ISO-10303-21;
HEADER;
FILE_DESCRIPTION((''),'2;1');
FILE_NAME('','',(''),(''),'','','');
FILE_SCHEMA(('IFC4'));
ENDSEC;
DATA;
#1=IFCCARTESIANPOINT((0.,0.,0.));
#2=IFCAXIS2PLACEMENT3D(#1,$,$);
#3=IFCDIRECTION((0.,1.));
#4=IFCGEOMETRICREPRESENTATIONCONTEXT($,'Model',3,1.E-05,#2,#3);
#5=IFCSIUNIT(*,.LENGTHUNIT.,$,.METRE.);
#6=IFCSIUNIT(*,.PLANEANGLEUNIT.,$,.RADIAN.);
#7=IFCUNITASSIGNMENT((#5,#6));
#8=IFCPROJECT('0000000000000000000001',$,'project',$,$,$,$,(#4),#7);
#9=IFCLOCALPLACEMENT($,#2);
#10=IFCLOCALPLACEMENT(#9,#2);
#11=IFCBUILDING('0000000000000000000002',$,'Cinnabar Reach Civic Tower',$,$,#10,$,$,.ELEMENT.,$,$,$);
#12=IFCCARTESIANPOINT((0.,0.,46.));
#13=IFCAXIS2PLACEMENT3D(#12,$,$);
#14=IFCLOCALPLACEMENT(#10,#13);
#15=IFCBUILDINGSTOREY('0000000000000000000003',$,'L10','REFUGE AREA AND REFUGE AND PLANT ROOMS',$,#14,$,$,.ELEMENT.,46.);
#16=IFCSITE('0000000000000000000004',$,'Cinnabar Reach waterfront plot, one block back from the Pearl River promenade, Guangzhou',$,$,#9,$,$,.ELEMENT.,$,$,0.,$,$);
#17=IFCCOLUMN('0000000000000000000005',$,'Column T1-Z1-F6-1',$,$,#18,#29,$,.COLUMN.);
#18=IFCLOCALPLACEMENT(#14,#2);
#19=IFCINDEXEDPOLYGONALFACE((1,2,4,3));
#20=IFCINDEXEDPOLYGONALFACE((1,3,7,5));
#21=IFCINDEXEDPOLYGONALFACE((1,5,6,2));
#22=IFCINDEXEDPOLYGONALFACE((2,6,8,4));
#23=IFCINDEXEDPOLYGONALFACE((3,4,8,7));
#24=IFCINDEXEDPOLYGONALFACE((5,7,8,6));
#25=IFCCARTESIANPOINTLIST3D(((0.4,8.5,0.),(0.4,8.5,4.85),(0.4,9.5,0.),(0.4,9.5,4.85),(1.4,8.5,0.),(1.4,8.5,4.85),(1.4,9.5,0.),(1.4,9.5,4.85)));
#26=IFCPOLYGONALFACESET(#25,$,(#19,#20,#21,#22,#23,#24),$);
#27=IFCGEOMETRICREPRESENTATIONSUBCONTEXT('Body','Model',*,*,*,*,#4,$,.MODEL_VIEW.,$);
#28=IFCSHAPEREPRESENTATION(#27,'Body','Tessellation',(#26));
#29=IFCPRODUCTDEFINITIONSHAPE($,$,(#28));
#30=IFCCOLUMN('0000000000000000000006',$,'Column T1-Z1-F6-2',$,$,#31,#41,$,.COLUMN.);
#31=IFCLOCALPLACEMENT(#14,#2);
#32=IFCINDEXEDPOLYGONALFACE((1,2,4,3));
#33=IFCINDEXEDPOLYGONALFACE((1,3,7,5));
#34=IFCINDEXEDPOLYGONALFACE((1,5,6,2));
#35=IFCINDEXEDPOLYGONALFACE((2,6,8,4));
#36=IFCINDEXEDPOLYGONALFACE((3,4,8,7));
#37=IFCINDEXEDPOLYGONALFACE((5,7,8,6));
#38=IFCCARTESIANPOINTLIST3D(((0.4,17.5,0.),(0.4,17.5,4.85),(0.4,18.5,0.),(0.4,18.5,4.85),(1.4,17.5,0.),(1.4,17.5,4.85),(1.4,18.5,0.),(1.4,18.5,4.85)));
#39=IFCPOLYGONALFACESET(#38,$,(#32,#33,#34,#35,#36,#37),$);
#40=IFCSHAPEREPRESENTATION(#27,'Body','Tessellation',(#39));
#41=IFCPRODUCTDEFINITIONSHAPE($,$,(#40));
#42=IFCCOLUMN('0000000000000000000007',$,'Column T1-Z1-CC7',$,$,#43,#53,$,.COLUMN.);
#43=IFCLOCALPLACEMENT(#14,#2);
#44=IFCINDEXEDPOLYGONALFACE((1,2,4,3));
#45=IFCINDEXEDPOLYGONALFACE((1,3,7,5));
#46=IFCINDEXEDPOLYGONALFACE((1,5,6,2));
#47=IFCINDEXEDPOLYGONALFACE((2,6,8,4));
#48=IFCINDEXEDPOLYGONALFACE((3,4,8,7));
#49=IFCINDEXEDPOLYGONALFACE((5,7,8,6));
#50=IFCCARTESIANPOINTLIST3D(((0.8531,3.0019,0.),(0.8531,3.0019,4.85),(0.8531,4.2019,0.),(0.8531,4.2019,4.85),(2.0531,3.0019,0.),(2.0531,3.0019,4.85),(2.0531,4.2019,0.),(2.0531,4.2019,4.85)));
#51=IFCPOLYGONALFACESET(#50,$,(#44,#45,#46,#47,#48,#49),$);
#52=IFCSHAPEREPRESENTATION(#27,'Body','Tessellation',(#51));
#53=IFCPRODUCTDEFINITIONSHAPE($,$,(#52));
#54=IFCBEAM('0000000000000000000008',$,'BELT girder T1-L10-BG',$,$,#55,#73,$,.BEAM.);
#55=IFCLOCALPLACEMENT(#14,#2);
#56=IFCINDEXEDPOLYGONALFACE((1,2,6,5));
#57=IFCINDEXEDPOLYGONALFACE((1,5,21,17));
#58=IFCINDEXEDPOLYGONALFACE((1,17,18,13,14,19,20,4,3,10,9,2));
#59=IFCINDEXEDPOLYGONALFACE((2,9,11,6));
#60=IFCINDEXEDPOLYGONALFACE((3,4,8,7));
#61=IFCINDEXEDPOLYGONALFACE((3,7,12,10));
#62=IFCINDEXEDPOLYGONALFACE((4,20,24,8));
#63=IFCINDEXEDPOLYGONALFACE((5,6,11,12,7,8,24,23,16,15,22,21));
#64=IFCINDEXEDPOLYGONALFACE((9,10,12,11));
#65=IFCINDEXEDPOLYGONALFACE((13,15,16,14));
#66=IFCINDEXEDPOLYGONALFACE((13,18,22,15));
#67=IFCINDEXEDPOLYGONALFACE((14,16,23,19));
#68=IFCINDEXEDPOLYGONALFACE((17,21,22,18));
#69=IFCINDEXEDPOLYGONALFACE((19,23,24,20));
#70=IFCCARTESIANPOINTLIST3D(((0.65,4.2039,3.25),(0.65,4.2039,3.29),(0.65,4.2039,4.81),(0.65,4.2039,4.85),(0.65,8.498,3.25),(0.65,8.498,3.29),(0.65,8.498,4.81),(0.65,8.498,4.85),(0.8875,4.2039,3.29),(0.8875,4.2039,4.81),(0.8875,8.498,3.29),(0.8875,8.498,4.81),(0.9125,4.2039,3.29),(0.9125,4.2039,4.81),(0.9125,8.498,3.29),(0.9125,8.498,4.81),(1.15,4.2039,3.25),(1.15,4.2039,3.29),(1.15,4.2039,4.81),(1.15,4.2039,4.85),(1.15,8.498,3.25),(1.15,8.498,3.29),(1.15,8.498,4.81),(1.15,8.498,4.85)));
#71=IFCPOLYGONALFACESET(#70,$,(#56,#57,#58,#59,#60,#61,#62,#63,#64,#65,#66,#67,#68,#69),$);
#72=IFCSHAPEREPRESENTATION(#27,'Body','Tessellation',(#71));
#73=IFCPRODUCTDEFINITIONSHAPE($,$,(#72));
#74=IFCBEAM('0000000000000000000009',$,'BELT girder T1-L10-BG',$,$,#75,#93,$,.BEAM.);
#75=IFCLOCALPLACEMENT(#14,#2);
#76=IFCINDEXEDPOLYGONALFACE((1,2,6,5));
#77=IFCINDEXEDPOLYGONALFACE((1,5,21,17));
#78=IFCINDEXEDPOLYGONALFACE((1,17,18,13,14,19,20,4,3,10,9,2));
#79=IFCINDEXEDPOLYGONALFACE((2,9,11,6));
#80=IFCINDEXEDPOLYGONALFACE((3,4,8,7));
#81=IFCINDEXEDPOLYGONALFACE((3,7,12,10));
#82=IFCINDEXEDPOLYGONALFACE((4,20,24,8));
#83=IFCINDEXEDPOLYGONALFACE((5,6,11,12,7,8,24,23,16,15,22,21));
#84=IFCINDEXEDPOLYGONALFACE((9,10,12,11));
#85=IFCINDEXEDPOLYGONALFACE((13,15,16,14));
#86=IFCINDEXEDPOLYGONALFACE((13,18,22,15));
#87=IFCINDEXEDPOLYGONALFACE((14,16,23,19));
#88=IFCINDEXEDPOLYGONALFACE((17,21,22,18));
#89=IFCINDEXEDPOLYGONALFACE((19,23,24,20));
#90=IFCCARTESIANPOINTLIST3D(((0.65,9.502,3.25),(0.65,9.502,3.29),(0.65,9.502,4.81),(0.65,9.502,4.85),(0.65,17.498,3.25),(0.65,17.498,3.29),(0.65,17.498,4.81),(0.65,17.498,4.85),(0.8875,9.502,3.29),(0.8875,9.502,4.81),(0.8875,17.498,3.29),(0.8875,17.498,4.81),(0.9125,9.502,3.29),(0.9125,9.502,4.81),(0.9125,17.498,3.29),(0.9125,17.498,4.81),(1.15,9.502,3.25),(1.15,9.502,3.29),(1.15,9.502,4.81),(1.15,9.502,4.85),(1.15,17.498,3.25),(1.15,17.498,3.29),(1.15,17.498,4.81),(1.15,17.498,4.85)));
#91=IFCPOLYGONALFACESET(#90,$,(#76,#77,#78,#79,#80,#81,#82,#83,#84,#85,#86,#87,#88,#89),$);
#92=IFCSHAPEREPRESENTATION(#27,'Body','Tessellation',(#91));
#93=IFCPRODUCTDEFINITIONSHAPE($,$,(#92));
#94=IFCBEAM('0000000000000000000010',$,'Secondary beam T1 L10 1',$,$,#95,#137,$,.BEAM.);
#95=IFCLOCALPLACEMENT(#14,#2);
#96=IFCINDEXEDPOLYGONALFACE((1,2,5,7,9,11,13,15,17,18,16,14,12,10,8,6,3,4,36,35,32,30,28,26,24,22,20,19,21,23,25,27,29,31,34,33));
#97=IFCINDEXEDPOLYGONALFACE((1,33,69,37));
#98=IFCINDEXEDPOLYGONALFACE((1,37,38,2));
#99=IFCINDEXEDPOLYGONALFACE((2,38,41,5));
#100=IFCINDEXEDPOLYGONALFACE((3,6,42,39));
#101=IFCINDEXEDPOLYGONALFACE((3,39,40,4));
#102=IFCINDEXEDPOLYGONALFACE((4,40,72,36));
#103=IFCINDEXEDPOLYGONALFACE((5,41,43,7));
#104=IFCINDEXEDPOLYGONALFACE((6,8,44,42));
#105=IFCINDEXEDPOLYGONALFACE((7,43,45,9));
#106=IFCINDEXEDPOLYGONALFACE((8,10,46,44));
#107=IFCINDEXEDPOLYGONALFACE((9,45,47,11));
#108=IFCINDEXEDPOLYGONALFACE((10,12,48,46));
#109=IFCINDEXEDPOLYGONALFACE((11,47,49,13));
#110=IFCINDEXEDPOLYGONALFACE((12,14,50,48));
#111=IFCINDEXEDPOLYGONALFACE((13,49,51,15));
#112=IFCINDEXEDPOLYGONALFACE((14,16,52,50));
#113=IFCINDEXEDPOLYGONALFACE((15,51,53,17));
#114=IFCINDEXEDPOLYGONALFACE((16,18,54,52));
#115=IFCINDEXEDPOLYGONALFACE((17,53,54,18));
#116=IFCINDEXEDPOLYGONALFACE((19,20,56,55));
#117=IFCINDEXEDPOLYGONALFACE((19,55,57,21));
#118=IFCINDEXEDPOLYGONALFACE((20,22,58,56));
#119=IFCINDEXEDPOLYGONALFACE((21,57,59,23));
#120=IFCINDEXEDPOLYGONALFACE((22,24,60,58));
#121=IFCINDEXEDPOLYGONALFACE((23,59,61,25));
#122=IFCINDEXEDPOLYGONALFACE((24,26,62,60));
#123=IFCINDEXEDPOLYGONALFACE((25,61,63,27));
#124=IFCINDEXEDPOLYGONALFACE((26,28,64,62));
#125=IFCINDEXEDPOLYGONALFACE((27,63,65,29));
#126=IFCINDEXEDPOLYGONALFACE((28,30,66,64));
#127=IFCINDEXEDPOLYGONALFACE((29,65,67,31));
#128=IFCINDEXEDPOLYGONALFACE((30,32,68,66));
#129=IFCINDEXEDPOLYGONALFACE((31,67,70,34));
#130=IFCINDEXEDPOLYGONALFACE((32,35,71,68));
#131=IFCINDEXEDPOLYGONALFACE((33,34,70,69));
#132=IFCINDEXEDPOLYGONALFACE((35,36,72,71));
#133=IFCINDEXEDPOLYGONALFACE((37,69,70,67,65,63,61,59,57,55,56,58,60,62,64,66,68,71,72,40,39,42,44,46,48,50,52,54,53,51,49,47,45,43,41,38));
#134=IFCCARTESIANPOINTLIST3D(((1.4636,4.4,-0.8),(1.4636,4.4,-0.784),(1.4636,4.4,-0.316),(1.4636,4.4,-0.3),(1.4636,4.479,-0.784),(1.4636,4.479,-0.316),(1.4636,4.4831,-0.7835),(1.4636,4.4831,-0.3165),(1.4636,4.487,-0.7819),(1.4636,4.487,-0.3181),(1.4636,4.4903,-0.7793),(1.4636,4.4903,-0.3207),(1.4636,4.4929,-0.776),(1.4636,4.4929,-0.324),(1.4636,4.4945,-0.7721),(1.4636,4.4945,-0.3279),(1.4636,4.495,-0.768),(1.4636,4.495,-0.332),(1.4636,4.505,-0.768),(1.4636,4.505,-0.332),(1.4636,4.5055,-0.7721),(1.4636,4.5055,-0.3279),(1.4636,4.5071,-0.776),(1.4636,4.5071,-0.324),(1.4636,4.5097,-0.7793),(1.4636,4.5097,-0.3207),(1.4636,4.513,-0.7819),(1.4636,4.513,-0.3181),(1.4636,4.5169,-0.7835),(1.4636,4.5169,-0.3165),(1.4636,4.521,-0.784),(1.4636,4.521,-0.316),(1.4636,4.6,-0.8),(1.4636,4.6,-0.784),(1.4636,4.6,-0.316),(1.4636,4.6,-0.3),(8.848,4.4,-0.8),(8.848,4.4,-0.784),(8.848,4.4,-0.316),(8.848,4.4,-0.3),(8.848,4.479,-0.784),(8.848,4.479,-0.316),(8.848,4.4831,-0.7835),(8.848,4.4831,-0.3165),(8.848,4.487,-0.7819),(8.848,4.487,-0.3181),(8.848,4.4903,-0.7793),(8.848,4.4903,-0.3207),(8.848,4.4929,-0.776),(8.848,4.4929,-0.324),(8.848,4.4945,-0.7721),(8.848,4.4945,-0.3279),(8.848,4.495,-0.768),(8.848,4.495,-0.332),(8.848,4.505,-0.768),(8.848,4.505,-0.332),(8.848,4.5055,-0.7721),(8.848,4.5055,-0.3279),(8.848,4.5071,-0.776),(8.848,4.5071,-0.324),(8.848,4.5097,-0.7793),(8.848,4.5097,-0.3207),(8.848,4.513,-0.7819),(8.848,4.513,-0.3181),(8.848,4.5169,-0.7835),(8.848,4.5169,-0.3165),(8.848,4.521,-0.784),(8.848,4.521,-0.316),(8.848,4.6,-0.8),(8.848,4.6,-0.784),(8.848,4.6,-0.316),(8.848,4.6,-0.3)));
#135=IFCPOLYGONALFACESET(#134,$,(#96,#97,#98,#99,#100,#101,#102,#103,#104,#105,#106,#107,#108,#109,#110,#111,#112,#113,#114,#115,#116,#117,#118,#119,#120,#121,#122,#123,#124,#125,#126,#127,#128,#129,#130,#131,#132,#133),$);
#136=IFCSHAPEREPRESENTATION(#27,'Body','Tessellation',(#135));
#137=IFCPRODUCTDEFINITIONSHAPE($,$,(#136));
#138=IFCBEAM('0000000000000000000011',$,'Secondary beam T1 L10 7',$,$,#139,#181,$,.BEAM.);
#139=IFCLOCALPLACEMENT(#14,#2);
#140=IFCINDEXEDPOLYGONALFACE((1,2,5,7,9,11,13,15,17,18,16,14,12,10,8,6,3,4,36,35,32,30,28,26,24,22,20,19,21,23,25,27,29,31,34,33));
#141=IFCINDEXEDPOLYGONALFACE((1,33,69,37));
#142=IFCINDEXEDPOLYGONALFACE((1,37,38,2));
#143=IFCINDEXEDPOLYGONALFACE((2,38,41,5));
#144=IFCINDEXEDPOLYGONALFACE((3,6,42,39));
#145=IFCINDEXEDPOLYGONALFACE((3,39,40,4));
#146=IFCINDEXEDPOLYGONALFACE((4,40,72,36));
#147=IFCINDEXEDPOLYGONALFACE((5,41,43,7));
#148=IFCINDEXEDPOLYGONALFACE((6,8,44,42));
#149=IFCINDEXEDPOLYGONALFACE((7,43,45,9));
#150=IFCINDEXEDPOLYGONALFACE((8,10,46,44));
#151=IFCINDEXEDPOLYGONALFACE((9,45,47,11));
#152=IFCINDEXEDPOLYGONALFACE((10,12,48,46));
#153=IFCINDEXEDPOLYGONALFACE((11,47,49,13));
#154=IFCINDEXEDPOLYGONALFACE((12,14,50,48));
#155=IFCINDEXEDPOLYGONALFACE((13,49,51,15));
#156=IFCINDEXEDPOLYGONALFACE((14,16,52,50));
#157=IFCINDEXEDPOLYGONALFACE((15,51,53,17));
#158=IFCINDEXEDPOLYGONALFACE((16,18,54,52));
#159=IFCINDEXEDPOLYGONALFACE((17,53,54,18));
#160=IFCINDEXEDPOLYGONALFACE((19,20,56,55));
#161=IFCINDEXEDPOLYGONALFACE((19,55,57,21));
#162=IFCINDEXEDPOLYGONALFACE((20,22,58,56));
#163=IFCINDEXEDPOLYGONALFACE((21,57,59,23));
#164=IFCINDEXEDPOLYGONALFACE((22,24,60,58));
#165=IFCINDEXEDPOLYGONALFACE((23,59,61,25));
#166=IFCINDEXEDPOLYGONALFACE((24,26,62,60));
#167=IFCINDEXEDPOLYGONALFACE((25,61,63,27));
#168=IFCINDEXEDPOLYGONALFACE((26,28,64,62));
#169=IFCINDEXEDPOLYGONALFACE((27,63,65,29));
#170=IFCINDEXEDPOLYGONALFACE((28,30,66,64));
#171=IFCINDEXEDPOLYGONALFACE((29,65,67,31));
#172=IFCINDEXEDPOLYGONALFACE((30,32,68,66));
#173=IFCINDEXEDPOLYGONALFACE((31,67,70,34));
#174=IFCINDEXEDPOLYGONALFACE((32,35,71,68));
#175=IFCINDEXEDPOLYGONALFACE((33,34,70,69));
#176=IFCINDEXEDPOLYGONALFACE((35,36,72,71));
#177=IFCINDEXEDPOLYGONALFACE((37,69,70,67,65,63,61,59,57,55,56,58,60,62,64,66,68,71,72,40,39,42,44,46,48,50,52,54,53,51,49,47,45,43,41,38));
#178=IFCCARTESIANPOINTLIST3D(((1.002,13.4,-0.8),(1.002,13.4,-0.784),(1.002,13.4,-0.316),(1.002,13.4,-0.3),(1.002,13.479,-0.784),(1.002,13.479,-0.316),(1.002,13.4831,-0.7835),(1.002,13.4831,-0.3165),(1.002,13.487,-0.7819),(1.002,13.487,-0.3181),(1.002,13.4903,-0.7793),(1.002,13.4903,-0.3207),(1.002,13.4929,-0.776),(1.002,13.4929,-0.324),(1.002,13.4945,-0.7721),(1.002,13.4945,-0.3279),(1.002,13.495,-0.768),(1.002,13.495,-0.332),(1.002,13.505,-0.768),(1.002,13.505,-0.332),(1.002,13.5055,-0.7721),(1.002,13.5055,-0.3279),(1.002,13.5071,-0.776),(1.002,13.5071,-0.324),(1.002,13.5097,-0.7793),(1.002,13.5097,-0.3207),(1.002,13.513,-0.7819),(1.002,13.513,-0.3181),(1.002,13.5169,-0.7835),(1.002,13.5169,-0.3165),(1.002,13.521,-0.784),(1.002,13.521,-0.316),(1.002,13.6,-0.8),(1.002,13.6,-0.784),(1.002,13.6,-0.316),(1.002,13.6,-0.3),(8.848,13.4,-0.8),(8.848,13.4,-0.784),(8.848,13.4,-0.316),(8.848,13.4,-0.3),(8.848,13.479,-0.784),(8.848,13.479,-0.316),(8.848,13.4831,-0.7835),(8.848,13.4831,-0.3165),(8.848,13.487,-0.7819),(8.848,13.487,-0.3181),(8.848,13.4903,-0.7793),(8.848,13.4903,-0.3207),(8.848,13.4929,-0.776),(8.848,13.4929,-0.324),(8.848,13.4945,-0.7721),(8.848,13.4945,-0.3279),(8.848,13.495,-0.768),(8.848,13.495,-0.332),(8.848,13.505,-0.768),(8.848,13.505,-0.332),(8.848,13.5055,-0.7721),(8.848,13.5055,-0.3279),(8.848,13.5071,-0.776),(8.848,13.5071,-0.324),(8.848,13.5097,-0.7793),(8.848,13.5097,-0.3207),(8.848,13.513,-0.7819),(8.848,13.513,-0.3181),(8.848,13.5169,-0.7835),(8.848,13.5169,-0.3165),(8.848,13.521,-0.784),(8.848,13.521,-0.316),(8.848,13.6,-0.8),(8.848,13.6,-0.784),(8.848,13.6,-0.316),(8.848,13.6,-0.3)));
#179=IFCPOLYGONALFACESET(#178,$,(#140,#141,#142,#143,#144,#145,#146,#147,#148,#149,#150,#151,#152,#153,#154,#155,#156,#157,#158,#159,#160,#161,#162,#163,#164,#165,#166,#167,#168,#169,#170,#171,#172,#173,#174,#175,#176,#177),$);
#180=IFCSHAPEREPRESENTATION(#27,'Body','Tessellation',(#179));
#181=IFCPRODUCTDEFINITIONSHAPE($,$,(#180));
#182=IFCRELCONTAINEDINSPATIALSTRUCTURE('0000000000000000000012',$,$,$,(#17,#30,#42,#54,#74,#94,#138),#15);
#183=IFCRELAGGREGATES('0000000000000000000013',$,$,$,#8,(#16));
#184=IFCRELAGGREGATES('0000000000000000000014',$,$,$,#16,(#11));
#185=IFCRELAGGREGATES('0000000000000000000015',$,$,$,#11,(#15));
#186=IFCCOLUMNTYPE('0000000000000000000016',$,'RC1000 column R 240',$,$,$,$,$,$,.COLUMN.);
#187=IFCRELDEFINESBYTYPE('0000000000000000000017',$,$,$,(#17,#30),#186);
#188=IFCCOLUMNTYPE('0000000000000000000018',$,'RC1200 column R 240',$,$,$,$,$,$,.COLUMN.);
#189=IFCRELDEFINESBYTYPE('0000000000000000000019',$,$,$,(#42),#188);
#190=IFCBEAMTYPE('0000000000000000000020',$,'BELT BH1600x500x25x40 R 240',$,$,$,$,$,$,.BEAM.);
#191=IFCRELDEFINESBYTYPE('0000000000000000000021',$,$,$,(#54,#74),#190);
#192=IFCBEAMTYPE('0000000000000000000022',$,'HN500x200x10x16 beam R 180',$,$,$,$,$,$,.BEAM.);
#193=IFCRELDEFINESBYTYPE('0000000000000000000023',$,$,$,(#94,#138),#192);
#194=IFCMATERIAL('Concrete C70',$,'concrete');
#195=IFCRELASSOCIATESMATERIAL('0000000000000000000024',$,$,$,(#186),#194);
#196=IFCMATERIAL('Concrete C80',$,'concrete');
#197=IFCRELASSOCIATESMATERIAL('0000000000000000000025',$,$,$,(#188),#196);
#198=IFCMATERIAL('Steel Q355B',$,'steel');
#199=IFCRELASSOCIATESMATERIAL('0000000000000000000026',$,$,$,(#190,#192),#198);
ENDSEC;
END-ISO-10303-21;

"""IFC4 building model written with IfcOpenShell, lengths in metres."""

from ifc_helpers import new_model, si_unit, direction, frame, origin, origin_2d, place, context, subcontext, project, spatial, rectangle, i_section, extrude, material, material_profile, profile_set, type_object, element, save


model = new_model("IFC4")

# Units and contexts
model_context = context("Model", 3, precision=1e-05, world=origin(), true_north=direction((0.0, 1.0)))
body_context = subcontext(model_context, "Body", "Model", "MODEL_VIEW")
ifc_project = project(units=[si_unit("LENGTHUNIT", "METRE"), si_unit("PLANEANGLEUNIT", "RADIAN")], contexts=[model_context])

# Site, building, storey
site_placement = place(None, origin())
site = spatial("IfcSite", under=ifc_project, at=site_placement, Name="Cinnabar Reach waterfront plot, one block back from the Pearl River promenade, Guangzhou", CompositionType="ELEMENT", RefElevation=0.0)
building_placement = place(site_placement, origin())
building = spatial("IfcBuilding", under=site, at=building_placement, Name="Cinnabar Reach Civic Tower", CompositionType="ELEMENT")
storey_placement = place(building_placement, frame((0.0, 0.0, 46.0)))
storey = spatial("IfcBuildingStorey", under=building, at=storey_placement, Name="L10", Description="REFUGE AREA AND REFUGE AND PLANT ROOMS", CompositionType="ELEMENT", Elevation=46.0)

# Columns
ifc_material_1 = material(Name="Concrete C70", Category="concrete")
ifc_material_profile_1 = material_profile(ifc_material_1, rectangle(XDim=1.0, YDim=1.0, at=origin_2d()), Name="RC1000")
ifc_profile_set_1 = profile_set([ifc_material_profile_1], Name="Concrete C70")
column_type_1 = type_object("IfcColumnType", Name="RC1000 column R 240", PredefinedType="COLUMN", material=ifc_profile_set_1)
for number, where, z_axis, x_axis, name in (
    (1, (0.9, 9.0, 0.0), (0.0, 0.0, 1.0), (1.0, 0.0, 0.0), "Column T1-Z1-F6-1"),
    (2, (0.9, 18.0, 0.0), (0.0, 0.0, 1.0), (1.0, 0.0, 0.0), "Column T1-Z1-F6-2"),
):
    element("IfcColumn", number, at=place(storey_placement, frame(where, z_axis=z_axis, x_axis=x_axis)), inside=storey, type_object=column_type_1, Name=name, PredefinedType="COLUMN", context=body_context, shape_type="SweptSolid", body=[
        extrude(rectangle(XDim=1.0, YDim=1.0, at=origin_2d()), origin(), (0.0, 0.0, 1.0), 4.85),
    ])
ifc_material_2 = material(Name="Concrete C80", Category="concrete")
ifc_material_profile_2 = material_profile(ifc_material_2, rectangle(XDim=1.2, YDim=1.2, at=origin_2d()), Name="RC1200")
ifc_profile_set_2 = profile_set([ifc_material_profile_2], Name="Concrete C80")
column_type_2 = type_object("IfcColumnType", Name="RC1200 column R 240", PredefinedType="COLUMN", material=ifc_profile_set_2)
column_placement = place(storey_placement, frame((1.4531, 3.6019, 0.0), z_axis=(0.0, 0.0, 1.0), x_axis=(1.0, 0.0, 0.0)))
element("IfcColumn", 3, at=column_placement, inside=storey, type_object=column_type_2, Name="Column T1-Z1-CC7", PredefinedType="COLUMN", context=body_context, shape_type="SweptSolid", body=[
    extrude(rectangle(XDim=1.2, YDim=1.2, at=origin_2d()), origin(), (0.0, 0.0, 1.0), 4.85),
])

# Beams
ifc_material_3 = material(Name="Steel Q355B", Category="steel")
ifc_material_profile_3 = material_profile(ifc_material_3, i_section(OverallWidth=0.5, OverallDepth=1.6, WebThickness=0.025, FlangeThickness=0.04, at=origin_2d()), Name="BH1600x500x25x40")
ifc_profile_set_3 = profile_set([ifc_material_profile_3], Name="Steel Q355B")
beam_type_1 = type_object("IfcBeamType", Name="BELT BH1600x500x25x40 R 240", PredefinedType="BEAM", material=ifc_profile_set_3)
beam_1_placement = place(storey_placement, frame((0.9, 4.2039, 4.05), z_axis=(0.0, 1.0, 0.0), x_axis=(-1.0, 0.0, 0.0)))
element("IfcBeam", 4, at=beam_1_placement, inside=storey, type_object=beam_type_1, Name="BELT girder T1-L10-BG", PredefinedType="BEAM", context=body_context, shape_type="SweptSolid", body=[
    extrude(i_section(OverallWidth=0.5, OverallDepth=1.6, WebThickness=0.025, FlangeThickness=0.04, at=origin_2d()), origin(), (0.0, 0.0, 1.0), 4.2941),
])
beam_2_placement = place(storey_placement, frame((0.9, 9.502, 4.05), z_axis=(0.0, 1.0, 0.0), x_axis=(-1.0, 0.0, 0.0)))
element("IfcBeam", 5, at=beam_2_placement, inside=storey, type_object=beam_type_1, Name="BELT girder T1-L10-BG", PredefinedType="BEAM", context=body_context, shape_type="SweptSolid", body=[
    extrude(i_section(OverallWidth=0.5, OverallDepth=1.6, WebThickness=0.025, FlangeThickness=0.04, at=origin_2d()), origin(), (0.0, 0.0, 1.0), 7.996),
])
ifc_material_profile_4 = material_profile(ifc_material_3, i_section(OverallWidth=0.2, OverallDepth=0.5, WebThickness=0.01, FlangeThickness=0.016, FilletRadius=0.016, at=origin_2d()), Name="HN500x200x10x16")
ifc_profile_set_4 = profile_set([ifc_material_profile_4], Name="Steel Q355B")
beam_type_2 = type_object("IfcBeamType", Name="HN500x200x10x16 beam R 180", PredefinedType="BEAM", material=ifc_profile_set_4)
beam_3_placement = place(storey_placement, frame((1.4636, 4.5, -0.55), z_axis=(1.0, 0.0, 0.0), x_axis=(0.0, 1.0, 0.0)))
element("IfcBeam", 6, at=beam_3_placement, inside=storey, type_object=beam_type_2, Name="Secondary beam T1 L10 1", PredefinedType="BEAM", context=body_context, shape_type="SweptSolid", body=[
    extrude(i_section(OverallWidth=0.2, OverallDepth=0.5, WebThickness=0.01, FlangeThickness=0.016, FilletRadius=0.016, at=origin_2d()), origin(), (0.0, 0.0, 1.0), 7.3844),
])
beam_4_placement = place(storey_placement, frame((1.002, 13.5, -0.55), z_axis=(1.0, 0.0, 0.0), x_axis=(0.0, 1.0, 0.0)))
element("IfcBeam", 7, at=beam_4_placement, inside=storey, type_object=beam_type_2, Name="Secondary beam T1 L10 7", PredefinedType="BEAM", context=body_context, shape_type="SweptSolid", body=[
    extrude(i_section(OverallWidth=0.2, OverallDepth=0.5, WebThickness=0.01, FlangeThickness=0.016, FilletRadius=0.016, at=origin_2d()), origin(), (0.0, 0.0, 1.0), 7.846),
])

save(model, "model.ifc")
